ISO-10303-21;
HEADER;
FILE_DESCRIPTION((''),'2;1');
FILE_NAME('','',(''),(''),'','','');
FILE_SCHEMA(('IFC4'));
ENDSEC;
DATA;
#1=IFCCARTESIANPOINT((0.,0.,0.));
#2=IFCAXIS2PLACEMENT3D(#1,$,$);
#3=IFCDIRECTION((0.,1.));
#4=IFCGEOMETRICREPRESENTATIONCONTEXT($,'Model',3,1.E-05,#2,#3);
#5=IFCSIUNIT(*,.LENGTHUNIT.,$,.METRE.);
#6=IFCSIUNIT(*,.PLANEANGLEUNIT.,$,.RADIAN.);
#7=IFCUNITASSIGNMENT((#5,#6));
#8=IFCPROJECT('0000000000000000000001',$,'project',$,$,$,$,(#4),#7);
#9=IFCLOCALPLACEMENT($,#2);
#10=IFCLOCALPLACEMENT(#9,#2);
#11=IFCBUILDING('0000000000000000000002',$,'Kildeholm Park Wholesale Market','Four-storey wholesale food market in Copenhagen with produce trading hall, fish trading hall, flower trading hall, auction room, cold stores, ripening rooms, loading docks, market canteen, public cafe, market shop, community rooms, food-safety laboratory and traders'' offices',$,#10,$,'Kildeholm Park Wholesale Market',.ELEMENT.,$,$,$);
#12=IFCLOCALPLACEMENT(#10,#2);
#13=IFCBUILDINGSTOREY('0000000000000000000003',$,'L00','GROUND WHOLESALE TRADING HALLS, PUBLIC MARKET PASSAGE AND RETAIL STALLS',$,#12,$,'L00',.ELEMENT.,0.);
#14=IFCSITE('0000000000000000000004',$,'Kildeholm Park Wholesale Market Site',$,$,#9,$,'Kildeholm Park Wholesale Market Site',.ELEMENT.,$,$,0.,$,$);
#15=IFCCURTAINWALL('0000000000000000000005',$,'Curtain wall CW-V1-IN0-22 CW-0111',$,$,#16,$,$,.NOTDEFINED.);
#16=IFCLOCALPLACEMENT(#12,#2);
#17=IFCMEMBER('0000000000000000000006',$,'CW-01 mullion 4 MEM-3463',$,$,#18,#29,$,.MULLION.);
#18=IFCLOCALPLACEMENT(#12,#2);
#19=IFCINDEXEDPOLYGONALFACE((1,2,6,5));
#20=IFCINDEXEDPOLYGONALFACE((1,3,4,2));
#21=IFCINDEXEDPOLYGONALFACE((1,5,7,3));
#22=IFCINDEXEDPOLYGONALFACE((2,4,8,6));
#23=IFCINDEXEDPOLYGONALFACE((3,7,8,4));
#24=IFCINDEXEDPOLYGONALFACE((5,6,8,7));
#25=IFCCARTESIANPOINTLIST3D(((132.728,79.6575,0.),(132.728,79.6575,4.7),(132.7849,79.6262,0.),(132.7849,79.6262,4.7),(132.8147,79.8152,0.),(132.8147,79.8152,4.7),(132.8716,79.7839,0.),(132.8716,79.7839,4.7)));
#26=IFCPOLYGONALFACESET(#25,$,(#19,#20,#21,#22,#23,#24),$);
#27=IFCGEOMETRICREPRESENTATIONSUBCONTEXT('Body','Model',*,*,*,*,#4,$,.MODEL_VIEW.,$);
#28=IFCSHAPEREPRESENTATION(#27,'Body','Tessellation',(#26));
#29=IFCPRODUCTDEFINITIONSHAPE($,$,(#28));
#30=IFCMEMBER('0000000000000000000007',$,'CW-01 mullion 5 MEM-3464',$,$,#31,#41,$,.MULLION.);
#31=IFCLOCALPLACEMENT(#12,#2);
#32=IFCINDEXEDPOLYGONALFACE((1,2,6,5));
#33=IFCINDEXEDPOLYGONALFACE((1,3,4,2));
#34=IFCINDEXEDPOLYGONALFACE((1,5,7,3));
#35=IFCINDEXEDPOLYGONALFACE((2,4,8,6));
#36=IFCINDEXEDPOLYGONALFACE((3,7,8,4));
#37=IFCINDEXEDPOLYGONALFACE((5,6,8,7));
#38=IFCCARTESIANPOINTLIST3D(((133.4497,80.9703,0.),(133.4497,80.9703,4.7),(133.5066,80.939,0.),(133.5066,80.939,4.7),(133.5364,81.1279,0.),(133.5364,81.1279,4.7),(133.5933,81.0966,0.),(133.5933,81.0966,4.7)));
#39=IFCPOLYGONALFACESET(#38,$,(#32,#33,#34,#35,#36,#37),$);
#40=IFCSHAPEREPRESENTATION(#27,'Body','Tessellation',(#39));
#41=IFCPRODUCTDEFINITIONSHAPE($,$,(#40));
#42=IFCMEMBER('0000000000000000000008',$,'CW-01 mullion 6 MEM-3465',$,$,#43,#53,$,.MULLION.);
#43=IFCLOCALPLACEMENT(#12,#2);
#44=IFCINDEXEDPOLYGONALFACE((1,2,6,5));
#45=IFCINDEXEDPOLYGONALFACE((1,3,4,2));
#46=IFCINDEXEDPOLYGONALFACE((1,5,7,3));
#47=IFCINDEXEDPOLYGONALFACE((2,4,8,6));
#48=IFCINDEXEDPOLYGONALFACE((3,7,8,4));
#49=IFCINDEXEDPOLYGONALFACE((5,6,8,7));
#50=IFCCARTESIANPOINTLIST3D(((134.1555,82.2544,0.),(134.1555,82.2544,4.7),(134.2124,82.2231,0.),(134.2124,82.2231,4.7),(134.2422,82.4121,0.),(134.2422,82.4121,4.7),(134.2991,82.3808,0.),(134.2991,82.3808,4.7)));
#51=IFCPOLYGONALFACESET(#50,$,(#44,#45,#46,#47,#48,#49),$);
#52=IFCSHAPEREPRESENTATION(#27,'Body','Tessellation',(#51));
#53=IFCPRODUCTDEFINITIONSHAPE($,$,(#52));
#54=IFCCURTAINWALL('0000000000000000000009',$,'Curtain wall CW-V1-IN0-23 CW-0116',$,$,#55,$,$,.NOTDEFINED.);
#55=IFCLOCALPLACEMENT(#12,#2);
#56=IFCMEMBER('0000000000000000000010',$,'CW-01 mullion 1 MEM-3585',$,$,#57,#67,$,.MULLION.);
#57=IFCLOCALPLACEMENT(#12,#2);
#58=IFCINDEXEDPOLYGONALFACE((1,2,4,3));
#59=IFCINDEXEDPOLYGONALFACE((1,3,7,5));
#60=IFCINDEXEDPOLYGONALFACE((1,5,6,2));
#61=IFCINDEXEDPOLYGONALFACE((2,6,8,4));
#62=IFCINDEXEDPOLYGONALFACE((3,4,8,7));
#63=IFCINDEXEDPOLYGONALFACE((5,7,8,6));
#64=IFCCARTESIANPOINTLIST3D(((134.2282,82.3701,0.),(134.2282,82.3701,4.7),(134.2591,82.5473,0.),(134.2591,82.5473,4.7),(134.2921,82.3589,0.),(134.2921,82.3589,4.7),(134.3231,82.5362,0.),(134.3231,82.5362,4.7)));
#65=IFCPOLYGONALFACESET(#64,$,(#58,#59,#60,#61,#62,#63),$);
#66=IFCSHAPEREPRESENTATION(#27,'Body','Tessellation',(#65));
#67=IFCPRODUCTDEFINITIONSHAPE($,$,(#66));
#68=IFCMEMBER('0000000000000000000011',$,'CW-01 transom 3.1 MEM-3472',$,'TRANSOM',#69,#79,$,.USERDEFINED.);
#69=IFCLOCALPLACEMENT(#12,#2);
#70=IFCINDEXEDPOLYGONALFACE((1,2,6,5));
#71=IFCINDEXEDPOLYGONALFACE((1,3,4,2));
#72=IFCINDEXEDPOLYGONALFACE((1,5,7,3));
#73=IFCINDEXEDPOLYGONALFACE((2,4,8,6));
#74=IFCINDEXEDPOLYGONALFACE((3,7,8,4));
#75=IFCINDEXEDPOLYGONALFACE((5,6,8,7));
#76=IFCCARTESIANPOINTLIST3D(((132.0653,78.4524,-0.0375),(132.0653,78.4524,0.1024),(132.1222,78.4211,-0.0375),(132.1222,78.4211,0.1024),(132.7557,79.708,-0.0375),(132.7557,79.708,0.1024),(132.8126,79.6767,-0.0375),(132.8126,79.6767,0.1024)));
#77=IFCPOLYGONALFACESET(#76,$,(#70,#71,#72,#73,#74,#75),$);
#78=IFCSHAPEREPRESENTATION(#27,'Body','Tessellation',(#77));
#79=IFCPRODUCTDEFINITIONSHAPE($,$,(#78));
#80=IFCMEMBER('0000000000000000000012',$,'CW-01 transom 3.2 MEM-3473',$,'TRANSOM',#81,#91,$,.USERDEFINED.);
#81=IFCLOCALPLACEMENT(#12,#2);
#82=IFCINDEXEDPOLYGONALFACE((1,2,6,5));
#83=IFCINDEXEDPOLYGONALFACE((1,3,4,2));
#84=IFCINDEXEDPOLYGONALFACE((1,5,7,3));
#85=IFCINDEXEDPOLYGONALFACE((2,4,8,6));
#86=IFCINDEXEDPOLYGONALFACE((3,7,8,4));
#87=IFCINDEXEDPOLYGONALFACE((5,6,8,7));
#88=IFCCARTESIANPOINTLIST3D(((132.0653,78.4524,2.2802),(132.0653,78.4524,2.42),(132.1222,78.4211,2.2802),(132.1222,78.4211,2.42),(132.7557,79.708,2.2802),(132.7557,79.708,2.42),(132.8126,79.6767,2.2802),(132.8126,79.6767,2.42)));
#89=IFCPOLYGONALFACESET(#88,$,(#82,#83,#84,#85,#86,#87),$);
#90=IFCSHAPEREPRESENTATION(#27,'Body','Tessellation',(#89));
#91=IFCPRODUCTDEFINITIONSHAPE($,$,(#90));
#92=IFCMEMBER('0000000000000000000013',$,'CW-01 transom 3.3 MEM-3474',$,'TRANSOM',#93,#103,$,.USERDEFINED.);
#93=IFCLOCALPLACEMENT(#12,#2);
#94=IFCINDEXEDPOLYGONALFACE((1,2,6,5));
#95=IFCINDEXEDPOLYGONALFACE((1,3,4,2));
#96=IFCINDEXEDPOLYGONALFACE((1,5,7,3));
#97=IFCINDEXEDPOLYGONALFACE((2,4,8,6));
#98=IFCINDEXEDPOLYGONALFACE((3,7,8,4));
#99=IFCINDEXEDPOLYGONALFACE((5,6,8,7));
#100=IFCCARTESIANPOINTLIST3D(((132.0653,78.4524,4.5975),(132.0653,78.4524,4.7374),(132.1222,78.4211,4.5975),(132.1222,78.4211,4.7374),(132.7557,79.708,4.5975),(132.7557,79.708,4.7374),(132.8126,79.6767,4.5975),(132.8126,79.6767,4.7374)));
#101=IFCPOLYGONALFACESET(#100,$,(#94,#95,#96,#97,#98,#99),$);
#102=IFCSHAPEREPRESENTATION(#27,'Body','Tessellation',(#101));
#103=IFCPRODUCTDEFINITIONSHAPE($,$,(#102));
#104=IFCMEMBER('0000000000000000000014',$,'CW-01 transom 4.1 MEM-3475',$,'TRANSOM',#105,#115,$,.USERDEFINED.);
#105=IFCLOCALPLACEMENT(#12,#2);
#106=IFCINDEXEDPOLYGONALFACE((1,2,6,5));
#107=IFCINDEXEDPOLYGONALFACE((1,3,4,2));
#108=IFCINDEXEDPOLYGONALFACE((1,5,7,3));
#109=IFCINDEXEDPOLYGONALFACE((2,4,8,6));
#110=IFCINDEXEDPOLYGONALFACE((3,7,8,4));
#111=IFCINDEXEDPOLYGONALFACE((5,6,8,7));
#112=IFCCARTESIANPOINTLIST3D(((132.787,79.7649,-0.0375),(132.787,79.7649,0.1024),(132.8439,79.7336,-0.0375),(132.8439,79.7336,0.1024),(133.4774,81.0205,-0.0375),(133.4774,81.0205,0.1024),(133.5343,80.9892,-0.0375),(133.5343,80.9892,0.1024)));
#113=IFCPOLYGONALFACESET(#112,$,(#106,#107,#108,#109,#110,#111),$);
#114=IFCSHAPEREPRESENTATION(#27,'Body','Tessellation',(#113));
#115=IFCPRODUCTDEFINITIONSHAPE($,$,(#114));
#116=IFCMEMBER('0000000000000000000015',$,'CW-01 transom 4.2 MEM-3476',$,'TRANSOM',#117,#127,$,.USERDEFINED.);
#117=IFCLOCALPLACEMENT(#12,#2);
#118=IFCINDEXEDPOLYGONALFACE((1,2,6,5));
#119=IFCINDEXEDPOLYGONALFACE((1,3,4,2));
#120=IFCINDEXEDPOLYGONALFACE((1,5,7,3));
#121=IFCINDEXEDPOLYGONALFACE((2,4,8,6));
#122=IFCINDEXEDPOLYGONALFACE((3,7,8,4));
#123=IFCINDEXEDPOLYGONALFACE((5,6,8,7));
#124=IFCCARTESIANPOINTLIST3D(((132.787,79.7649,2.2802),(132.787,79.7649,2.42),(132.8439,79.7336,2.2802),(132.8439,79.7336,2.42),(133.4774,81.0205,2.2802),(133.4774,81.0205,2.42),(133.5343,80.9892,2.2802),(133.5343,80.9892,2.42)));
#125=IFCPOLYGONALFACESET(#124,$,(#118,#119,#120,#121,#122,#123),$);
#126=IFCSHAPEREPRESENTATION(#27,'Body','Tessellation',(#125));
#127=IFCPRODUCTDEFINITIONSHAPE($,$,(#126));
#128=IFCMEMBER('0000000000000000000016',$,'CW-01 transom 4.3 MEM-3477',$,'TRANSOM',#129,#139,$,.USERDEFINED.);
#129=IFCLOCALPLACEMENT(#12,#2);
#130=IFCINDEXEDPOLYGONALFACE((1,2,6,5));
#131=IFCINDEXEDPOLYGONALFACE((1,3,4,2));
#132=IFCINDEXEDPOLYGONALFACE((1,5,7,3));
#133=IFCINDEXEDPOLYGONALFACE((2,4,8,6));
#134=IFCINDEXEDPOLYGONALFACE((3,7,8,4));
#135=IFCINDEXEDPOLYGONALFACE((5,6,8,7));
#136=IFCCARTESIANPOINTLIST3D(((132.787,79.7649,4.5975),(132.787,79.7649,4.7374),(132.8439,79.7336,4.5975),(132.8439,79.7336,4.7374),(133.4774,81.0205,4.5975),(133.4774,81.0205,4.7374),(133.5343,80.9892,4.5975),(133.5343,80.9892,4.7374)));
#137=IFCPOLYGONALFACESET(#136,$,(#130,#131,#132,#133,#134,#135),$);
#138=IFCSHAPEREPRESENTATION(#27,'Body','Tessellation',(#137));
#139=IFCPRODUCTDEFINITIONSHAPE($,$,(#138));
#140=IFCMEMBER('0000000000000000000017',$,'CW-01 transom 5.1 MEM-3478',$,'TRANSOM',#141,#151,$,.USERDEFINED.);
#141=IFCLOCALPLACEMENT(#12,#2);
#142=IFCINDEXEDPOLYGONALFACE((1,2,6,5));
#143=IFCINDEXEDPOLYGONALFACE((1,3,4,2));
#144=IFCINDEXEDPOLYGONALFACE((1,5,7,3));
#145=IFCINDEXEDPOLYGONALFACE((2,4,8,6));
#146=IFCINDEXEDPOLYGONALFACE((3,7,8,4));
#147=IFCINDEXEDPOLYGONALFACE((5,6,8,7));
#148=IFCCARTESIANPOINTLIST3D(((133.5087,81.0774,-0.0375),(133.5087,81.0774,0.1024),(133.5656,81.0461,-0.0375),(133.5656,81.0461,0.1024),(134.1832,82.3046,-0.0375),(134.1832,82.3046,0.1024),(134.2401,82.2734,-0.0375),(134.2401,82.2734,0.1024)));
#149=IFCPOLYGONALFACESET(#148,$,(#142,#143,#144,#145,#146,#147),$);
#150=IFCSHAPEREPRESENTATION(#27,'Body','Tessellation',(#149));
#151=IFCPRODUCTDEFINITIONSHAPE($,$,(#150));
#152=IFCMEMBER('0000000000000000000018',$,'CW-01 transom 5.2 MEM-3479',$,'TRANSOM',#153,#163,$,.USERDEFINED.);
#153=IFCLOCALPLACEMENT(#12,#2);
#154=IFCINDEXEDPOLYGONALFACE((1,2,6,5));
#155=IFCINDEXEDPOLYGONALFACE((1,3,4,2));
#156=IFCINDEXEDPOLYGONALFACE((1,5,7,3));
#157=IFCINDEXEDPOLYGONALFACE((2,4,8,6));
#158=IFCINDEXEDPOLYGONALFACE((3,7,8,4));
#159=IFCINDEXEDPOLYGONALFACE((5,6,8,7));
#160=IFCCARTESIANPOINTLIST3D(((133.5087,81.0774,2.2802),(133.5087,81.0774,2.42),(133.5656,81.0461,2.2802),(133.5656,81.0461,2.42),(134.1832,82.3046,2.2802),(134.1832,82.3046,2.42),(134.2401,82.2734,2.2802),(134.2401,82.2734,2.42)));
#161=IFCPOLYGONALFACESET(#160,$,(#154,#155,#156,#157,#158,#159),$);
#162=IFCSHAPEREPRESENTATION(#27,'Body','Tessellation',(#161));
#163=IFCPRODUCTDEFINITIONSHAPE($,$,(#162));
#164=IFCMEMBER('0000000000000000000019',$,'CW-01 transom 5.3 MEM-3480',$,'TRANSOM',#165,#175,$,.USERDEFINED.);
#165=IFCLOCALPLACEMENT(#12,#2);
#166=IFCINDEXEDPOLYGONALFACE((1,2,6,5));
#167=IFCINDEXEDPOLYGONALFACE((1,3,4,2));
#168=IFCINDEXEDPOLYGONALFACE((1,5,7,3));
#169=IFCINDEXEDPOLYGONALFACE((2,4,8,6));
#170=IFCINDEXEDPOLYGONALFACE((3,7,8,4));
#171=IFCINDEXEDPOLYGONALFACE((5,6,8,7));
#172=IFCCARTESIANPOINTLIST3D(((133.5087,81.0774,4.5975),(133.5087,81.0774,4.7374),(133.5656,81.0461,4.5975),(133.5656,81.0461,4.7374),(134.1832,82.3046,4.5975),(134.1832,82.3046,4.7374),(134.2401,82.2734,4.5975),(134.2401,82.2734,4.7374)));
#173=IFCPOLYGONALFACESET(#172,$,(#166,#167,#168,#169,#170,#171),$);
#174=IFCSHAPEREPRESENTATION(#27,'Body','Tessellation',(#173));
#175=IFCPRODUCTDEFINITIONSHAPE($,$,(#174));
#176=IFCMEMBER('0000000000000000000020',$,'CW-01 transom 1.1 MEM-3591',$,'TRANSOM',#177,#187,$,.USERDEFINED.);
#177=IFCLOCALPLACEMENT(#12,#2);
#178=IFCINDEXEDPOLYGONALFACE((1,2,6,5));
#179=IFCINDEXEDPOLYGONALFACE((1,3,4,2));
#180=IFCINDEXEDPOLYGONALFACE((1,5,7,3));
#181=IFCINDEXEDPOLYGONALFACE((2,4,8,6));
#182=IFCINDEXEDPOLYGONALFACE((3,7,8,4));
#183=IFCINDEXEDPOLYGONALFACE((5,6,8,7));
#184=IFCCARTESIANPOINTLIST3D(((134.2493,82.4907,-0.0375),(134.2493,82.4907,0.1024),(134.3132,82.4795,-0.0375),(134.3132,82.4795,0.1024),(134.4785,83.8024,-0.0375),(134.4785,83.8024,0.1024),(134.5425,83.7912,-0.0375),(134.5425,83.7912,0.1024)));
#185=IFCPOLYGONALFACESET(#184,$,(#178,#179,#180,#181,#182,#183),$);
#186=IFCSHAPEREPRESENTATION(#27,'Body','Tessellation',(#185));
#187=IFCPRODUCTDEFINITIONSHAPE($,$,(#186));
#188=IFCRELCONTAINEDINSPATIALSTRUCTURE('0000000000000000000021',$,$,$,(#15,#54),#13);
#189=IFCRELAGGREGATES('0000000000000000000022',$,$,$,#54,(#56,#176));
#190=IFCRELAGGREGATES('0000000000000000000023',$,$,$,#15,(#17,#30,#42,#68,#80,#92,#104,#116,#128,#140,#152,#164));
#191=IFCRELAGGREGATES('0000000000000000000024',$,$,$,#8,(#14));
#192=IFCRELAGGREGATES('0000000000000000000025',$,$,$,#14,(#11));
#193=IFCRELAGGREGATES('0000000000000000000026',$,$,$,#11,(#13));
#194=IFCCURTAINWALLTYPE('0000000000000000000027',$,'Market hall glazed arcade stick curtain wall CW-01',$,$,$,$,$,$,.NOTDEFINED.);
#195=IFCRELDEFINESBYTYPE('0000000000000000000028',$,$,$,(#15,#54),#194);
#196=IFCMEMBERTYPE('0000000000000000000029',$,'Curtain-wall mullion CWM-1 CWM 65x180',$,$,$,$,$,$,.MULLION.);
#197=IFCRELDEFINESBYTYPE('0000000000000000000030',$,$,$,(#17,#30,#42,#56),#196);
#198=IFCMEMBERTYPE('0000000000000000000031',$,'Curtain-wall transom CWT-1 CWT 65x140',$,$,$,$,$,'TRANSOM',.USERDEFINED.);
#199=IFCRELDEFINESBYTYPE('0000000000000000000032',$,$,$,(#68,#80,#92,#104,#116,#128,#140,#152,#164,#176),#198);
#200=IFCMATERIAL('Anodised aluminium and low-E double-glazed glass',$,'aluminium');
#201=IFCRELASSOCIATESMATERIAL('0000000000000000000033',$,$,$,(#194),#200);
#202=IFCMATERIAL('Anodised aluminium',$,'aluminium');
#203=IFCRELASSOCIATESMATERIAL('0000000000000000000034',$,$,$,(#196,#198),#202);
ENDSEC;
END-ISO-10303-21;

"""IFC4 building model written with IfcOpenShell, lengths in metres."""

from ifc_helpers import new_model, si_unit, direction, frame, origin, origin_2d, place, context, subcontext, project, spatial, rectangle, extrude, material, material_profile, profile_set, type_object, element, aggregate, save


model = new_model("IFC4")

# Units and contexts
model_context = context("Model", 3, precision=1e-05, world=origin(), true_north=direction((0.0, 1.0)))
body_context = subcontext(model_context, "Body", "Model", "MODEL_VIEW")
ifc_project = project(units=[si_unit("LENGTHUNIT", "METRE"), si_unit("PLANEANGLEUNIT", "RADIAN")], contexts=[model_context])

# Site, building, storey
site_placement = place(None, origin())
site = spatial("IfcSite", under=ifc_project, at=site_placement, Name="Kildeholm Park Wholesale Market Site", LongName="Kildeholm Park Wholesale Market Site", CompositionType="ELEMENT", RefElevation=0.0)
building_placement = place(site_placement, origin())
building = spatial("IfcBuilding", under=site, at=building_placement, Name="Kildeholm Park Wholesale Market", Description="Four-storey wholesale food market in Copenhagen with produce trading hall, fish trading hall, flower trading hall, auction room, cold stores, ripening rooms, loading docks, market canteen, public cafe, market shop, community rooms, food-safety laboratory and traders' offices", LongName="Kildeholm Park Wholesale Market", CompositionType="ELEMENT")
storey_placement = place(building_placement, origin())
storey = spatial("IfcBuildingStorey", under=building, at=storey_placement, Name="L00", Description="GROUND WHOLESALE TRADING HALLS, PUBLIC MARKET PASSAGE AND RETAIL STALLS", LongName="L00", CompositionType="ELEMENT", Elevation=0.0)

# Curtain wall, members
ifc_material_1 = material(Name="Anodised aluminium and low-E double-glazed glass", Category="aluminium")
curtain_wall_type = type_object("IfcCurtainWallType", Name="Market hall glazed arcade stick curtain wall CW-01", PredefinedType="NOTDEFINED", material=ifc_material_1)
curtain_wall_1_placement = place(storey_placement, origin())
curtain_wall_1 = element("IfcCurtainWall", 1, at=curtain_wall_1_placement, inside=storey, type_object=curtain_wall_type, Name="Curtain wall CW-V1-IN0-22 CW-0111", PredefinedType="NOTDEFINED")
ifc_material_2 = material(Name="Anodised aluminium", Category="aluminium")
ifc_material_profile_1 = material_profile(ifc_material_2, rectangle(XDim=0.0649, YDim=0.1799, at=origin_2d()), Name="CWM 65x180")
ifc_profile_set_1 = profile_set([ifc_material_profile_1], Name="Anodised aluminium")
member_type_1 = type_object("IfcMemberType", Name="Curtain-wall mullion CWM-1 CWM 65x180", PredefinedType="MULLION", material=ifc_profile_set_1)
member_1_placement = place(storey_placement, frame((132.7998, 79.7207, 0.0), z_axis=(0.0, 0.0, 1.0), x_axis=(-0.876309, 0.48175, 0.0)))
member_1 = element("IfcMember", 2, at=member_1_placement, type_object=member_type_1, Name="CW-01 mullion 4 MEM-3463", PredefinedType="MULLION", context=body_context, shape_type="SweptSolid", body=[
    extrude(rectangle(XDim=0.0649, YDim=0.1799, at=origin_2d()), origin(), (0.0, 0.0, 1.0), 4.7),
])
member_2_placement = place(storey_placement, frame((133.5215, 81.0334, 0.0), z_axis=(0.0, 0.0, 1.0), x_axis=(-0.876309, 0.48175, 0.0)))
member_2 = element("IfcMember", 3, at=member_2_placement, type_object=member_type_1, Name="CW-01 mullion 5 MEM-3464", PredefinedType="MULLION", context=body_context, shape_type="SweptSolid", body=[
    extrude(rectangle(XDim=0.0649, YDim=0.1799, at=origin_2d()), origin(), (0.0, 0.0, 1.0), 4.7),
])
member_3_placement = place(storey_placement, frame((134.2273, 82.3176, 0.0), z_axis=(0.0, 0.0, 1.0), x_axis=(-0.876309, 0.48175, 0.0)))
member_3 = element("IfcMember", 4, at=member_3_placement, type_object=member_type_1, Name="CW-01 mullion 6 MEM-3465", PredefinedType="MULLION", context=body_context, shape_type="SweptSolid", body=[
    extrude(rectangle(XDim=0.0649, YDim=0.1799, at=origin_2d()), origin(), (0.0, 0.0, 1.0), 4.7),
])

# Curtain wall, member
curtain_wall_2_placement = place(storey_placement, origin())
curtain_wall_2 = element("IfcCurtainWall", 5, at=curtain_wall_2_placement, inside=storey, type_object=curtain_wall_type, Name="Curtain wall CW-V1-IN0-23 CW-0116", PredefinedType="NOTDEFINED")
member_4_placement = place(storey_placement, frame((134.2756, 82.4531, 0.0), z_axis=(0.0, 0.0, 1.0), x_axis=(-0.985074, 0.172133, 0.0)))
member_4 = element("IfcMember", 6, at=member_4_placement, type_object=member_type_1, Name="CW-01 mullion 1 MEM-3585", PredefinedType="MULLION", context=body_context, shape_type="SweptSolid", body=[
    extrude(rectangle(XDim=0.0649, YDim=0.1799, at=origin_2d()), origin(), (0.0, 0.0, 1.0), 4.7),
])

# Members
ifc_material_profile_2 = material_profile(ifc_material_2, rectangle(XDim=0.0649, YDim=0.1399, at=origin_2d()), Name="CWT 65x140")
ifc_profile_set_2 = profile_set([ifc_material_profile_2], Name="Anodised aluminium")
member_type_2 = type_object("IfcMemberType", Name="Curtain-wall transom CWT-1 CWT 65x140", ElementType="TRANSOM", PredefinedType="USERDEFINED", material=ifc_profile_set_2)
member_5_placement = place(storey_placement, frame((132.0938, 78.4368, 0.0325), z_axis=(0.481834, 0.876263, 0.0), x_axis=(-0.876263, 0.481834, 0.0)))
member_5 = element("IfcMember", 7, at=member_5_placement, type_object=member_type_2, Name="CW-01 transom 3.1 MEM-3472", ObjectType="TRANSOM", PredefinedType="USERDEFINED", context=body_context, shape_type="SweptSolid", body=[
    extrude(rectangle(XDim=0.0649, YDim=0.1399, at=origin_2d()), origin(), (0.0, 0.0, 1.0), 1.4329),
])
member_6_placement = place(storey_placement, frame((132.0938, 78.4368, 2.3501), z_axis=(0.481834, 0.876263, 0.0), x_axis=(-0.876263, 0.481834, 0.0)))
member_6 = element("IfcMember", 8, at=member_6_placement, type_object=member_type_2, Name="CW-01 transom 3.2 MEM-3473", ObjectType="TRANSOM", PredefinedType="USERDEFINED", context=body_context, shape_type="SweptSolid", body=[
    extrude(rectangle(XDim=0.0649, YDim=0.1399, at=origin_2d()), origin(), (0.0, 0.0, 1.0), 1.4329),
])
member_7_placement = place(storey_placement, frame((132.0938, 78.4368, 4.6675), z_axis=(0.481834, 0.876263, 0.0), x_axis=(-0.876263, 0.481834, 0.0)))
member_7 = element("IfcMember", 9, at=member_7_placement, type_object=member_type_2, Name="CW-01 transom 3.3 MEM-3474", ObjectType="TRANSOM", PredefinedType="USERDEFINED", context=body_context, shape_type="SweptSolid", body=[
    extrude(rectangle(XDim=0.0649, YDim=0.1399, at=origin_2d()), origin(), (0.0, 0.0, 1.0), 1.4329),
])
member_8_placement = place(storey_placement, frame((132.8154, 79.7493, 0.0325), z_axis=(0.481834, 0.876263, 0.0), x_axis=(-0.876263, 0.481834, 0.0)))
member_8 = element("IfcMember", 10, at=member_8_placement, type_object=member_type_2, Name="CW-01 transom 4.1 MEM-3475", ObjectType="TRANSOM", PredefinedType="USERDEFINED", context=body_context, shape_type="SweptSolid", body=[
    extrude(rectangle(XDim=0.0649, YDim=0.1399, at=origin_2d()), origin(), (0.0, 0.0, 1.0), 1.4329),
])
member_9_placement = place(storey_placement, frame((132.8154, 79.7493, 2.3501), z_axis=(0.481834, 0.876263, 0.0), x_axis=(-0.876263, 0.481834, 0.0)))
member_9 = element("IfcMember", 11, at=member_9_placement, type_object=member_type_2, Name="CW-01 transom 4.2 MEM-3476", ObjectType="TRANSOM", PredefinedType="USERDEFINED", context=body_context, shape_type="SweptSolid", body=[
    extrude(rectangle(XDim=0.0649, YDim=0.1399, at=origin_2d()), origin(), (0.0, 0.0, 1.0), 1.4329),
])
member_10_placement = place(storey_placement, frame((132.8154, 79.7493, 4.6675), z_axis=(0.481834, 0.876263, 0.0), x_axis=(-0.876263, 0.481834, 0.0)))
member_10 = element("IfcMember", 12, at=member_10_placement, type_object=member_type_2, Name="CW-01 transom 4.3 MEM-3477", ObjectType="TRANSOM", PredefinedType="USERDEFINED", context=body_context, shape_type="SweptSolid", body=[
    extrude(rectangle(XDim=0.0649, YDim=0.1399, at=origin_2d()), origin(), (0.0, 0.0, 1.0), 1.4329),
])
member_11_placement = place(storey_placement, frame((133.5371, 81.0618, 0.0325), z_axis=(0.481671, 0.876352, 0.0), x_axis=(-0.876352, 0.481671, 0.0)))
member_11 = element("IfcMember", 13, at=member_11_placement, type_object=member_type_2, Name="CW-01 transom 5.1 MEM-3478", ObjectType="TRANSOM", PredefinedType="USERDEFINED", context=body_context, shape_type="SweptSolid", body=[
    extrude(rectangle(XDim=0.0649, YDim=0.1399, at=origin_2d()), origin(), (0.0, 0.0, 1.0), 1.4004),
])
member_12_placement = place(storey_placement, frame((133.5371, 81.0618, 2.3501), z_axis=(0.481671, 0.876352, 0.0), x_axis=(-0.876352, 0.481671, 0.0)))
member_12 = element("IfcMember", 14, at=member_12_placement, type_object=member_type_2, Name="CW-01 transom 5.2 MEM-3479", ObjectType="TRANSOM", PredefinedType="USERDEFINED", context=body_context, shape_type="SweptSolid", body=[
    extrude(rectangle(XDim=0.0649, YDim=0.1399, at=origin_2d()), origin(), (0.0, 0.0, 1.0), 1.4004),
])
member_13_placement = place(storey_placement, frame((133.5371, 81.0618, 4.6675), z_axis=(0.481671, 0.876352, 0.0), x_axis=(-0.876352, 0.481671, 0.0)))
member_13 = element("IfcMember", 15, at=member_13_placement, type_object=member_type_2, Name="CW-01 transom 5.3 MEM-3480", ObjectType="TRANSOM", PredefinedType="USERDEFINED", context=body_context, shape_type="SweptSolid", body=[
    extrude(rectangle(XDim=0.0649, YDim=0.1399, at=origin_2d()), origin(), (0.0, 0.0, 1.0), 1.4004),
])
member_14_placement = place(storey_placement, frame((134.2812, 82.4851, 0.0325), z_axis=(0.172154, 0.98507, 0.0), x_axis=(-0.98507, 0.172154, 0.0)))
member_14 = element("IfcMember", 16, at=member_14_placement, type_object=member_type_2, Name="CW-01 transom 1.1 MEM-3591", ObjectType="TRANSOM", PredefinedType="USERDEFINED", context=body_context, shape_type="SweptSolid", body=[
    extrude(rectangle(XDim=0.0649, YDim=0.1399, at=origin_2d()), origin(), (0.0, 0.0, 1.0), 1.3315),
])
aggregate(curtain_wall_2, [member_4, member_14])

aggregate(curtain_wall_1, [member_1, member_2, member_3, member_5, member_6, member_7, member_8, member_9, member_10, member_11, member_12, member_13])

save(model, "model.ifc")
